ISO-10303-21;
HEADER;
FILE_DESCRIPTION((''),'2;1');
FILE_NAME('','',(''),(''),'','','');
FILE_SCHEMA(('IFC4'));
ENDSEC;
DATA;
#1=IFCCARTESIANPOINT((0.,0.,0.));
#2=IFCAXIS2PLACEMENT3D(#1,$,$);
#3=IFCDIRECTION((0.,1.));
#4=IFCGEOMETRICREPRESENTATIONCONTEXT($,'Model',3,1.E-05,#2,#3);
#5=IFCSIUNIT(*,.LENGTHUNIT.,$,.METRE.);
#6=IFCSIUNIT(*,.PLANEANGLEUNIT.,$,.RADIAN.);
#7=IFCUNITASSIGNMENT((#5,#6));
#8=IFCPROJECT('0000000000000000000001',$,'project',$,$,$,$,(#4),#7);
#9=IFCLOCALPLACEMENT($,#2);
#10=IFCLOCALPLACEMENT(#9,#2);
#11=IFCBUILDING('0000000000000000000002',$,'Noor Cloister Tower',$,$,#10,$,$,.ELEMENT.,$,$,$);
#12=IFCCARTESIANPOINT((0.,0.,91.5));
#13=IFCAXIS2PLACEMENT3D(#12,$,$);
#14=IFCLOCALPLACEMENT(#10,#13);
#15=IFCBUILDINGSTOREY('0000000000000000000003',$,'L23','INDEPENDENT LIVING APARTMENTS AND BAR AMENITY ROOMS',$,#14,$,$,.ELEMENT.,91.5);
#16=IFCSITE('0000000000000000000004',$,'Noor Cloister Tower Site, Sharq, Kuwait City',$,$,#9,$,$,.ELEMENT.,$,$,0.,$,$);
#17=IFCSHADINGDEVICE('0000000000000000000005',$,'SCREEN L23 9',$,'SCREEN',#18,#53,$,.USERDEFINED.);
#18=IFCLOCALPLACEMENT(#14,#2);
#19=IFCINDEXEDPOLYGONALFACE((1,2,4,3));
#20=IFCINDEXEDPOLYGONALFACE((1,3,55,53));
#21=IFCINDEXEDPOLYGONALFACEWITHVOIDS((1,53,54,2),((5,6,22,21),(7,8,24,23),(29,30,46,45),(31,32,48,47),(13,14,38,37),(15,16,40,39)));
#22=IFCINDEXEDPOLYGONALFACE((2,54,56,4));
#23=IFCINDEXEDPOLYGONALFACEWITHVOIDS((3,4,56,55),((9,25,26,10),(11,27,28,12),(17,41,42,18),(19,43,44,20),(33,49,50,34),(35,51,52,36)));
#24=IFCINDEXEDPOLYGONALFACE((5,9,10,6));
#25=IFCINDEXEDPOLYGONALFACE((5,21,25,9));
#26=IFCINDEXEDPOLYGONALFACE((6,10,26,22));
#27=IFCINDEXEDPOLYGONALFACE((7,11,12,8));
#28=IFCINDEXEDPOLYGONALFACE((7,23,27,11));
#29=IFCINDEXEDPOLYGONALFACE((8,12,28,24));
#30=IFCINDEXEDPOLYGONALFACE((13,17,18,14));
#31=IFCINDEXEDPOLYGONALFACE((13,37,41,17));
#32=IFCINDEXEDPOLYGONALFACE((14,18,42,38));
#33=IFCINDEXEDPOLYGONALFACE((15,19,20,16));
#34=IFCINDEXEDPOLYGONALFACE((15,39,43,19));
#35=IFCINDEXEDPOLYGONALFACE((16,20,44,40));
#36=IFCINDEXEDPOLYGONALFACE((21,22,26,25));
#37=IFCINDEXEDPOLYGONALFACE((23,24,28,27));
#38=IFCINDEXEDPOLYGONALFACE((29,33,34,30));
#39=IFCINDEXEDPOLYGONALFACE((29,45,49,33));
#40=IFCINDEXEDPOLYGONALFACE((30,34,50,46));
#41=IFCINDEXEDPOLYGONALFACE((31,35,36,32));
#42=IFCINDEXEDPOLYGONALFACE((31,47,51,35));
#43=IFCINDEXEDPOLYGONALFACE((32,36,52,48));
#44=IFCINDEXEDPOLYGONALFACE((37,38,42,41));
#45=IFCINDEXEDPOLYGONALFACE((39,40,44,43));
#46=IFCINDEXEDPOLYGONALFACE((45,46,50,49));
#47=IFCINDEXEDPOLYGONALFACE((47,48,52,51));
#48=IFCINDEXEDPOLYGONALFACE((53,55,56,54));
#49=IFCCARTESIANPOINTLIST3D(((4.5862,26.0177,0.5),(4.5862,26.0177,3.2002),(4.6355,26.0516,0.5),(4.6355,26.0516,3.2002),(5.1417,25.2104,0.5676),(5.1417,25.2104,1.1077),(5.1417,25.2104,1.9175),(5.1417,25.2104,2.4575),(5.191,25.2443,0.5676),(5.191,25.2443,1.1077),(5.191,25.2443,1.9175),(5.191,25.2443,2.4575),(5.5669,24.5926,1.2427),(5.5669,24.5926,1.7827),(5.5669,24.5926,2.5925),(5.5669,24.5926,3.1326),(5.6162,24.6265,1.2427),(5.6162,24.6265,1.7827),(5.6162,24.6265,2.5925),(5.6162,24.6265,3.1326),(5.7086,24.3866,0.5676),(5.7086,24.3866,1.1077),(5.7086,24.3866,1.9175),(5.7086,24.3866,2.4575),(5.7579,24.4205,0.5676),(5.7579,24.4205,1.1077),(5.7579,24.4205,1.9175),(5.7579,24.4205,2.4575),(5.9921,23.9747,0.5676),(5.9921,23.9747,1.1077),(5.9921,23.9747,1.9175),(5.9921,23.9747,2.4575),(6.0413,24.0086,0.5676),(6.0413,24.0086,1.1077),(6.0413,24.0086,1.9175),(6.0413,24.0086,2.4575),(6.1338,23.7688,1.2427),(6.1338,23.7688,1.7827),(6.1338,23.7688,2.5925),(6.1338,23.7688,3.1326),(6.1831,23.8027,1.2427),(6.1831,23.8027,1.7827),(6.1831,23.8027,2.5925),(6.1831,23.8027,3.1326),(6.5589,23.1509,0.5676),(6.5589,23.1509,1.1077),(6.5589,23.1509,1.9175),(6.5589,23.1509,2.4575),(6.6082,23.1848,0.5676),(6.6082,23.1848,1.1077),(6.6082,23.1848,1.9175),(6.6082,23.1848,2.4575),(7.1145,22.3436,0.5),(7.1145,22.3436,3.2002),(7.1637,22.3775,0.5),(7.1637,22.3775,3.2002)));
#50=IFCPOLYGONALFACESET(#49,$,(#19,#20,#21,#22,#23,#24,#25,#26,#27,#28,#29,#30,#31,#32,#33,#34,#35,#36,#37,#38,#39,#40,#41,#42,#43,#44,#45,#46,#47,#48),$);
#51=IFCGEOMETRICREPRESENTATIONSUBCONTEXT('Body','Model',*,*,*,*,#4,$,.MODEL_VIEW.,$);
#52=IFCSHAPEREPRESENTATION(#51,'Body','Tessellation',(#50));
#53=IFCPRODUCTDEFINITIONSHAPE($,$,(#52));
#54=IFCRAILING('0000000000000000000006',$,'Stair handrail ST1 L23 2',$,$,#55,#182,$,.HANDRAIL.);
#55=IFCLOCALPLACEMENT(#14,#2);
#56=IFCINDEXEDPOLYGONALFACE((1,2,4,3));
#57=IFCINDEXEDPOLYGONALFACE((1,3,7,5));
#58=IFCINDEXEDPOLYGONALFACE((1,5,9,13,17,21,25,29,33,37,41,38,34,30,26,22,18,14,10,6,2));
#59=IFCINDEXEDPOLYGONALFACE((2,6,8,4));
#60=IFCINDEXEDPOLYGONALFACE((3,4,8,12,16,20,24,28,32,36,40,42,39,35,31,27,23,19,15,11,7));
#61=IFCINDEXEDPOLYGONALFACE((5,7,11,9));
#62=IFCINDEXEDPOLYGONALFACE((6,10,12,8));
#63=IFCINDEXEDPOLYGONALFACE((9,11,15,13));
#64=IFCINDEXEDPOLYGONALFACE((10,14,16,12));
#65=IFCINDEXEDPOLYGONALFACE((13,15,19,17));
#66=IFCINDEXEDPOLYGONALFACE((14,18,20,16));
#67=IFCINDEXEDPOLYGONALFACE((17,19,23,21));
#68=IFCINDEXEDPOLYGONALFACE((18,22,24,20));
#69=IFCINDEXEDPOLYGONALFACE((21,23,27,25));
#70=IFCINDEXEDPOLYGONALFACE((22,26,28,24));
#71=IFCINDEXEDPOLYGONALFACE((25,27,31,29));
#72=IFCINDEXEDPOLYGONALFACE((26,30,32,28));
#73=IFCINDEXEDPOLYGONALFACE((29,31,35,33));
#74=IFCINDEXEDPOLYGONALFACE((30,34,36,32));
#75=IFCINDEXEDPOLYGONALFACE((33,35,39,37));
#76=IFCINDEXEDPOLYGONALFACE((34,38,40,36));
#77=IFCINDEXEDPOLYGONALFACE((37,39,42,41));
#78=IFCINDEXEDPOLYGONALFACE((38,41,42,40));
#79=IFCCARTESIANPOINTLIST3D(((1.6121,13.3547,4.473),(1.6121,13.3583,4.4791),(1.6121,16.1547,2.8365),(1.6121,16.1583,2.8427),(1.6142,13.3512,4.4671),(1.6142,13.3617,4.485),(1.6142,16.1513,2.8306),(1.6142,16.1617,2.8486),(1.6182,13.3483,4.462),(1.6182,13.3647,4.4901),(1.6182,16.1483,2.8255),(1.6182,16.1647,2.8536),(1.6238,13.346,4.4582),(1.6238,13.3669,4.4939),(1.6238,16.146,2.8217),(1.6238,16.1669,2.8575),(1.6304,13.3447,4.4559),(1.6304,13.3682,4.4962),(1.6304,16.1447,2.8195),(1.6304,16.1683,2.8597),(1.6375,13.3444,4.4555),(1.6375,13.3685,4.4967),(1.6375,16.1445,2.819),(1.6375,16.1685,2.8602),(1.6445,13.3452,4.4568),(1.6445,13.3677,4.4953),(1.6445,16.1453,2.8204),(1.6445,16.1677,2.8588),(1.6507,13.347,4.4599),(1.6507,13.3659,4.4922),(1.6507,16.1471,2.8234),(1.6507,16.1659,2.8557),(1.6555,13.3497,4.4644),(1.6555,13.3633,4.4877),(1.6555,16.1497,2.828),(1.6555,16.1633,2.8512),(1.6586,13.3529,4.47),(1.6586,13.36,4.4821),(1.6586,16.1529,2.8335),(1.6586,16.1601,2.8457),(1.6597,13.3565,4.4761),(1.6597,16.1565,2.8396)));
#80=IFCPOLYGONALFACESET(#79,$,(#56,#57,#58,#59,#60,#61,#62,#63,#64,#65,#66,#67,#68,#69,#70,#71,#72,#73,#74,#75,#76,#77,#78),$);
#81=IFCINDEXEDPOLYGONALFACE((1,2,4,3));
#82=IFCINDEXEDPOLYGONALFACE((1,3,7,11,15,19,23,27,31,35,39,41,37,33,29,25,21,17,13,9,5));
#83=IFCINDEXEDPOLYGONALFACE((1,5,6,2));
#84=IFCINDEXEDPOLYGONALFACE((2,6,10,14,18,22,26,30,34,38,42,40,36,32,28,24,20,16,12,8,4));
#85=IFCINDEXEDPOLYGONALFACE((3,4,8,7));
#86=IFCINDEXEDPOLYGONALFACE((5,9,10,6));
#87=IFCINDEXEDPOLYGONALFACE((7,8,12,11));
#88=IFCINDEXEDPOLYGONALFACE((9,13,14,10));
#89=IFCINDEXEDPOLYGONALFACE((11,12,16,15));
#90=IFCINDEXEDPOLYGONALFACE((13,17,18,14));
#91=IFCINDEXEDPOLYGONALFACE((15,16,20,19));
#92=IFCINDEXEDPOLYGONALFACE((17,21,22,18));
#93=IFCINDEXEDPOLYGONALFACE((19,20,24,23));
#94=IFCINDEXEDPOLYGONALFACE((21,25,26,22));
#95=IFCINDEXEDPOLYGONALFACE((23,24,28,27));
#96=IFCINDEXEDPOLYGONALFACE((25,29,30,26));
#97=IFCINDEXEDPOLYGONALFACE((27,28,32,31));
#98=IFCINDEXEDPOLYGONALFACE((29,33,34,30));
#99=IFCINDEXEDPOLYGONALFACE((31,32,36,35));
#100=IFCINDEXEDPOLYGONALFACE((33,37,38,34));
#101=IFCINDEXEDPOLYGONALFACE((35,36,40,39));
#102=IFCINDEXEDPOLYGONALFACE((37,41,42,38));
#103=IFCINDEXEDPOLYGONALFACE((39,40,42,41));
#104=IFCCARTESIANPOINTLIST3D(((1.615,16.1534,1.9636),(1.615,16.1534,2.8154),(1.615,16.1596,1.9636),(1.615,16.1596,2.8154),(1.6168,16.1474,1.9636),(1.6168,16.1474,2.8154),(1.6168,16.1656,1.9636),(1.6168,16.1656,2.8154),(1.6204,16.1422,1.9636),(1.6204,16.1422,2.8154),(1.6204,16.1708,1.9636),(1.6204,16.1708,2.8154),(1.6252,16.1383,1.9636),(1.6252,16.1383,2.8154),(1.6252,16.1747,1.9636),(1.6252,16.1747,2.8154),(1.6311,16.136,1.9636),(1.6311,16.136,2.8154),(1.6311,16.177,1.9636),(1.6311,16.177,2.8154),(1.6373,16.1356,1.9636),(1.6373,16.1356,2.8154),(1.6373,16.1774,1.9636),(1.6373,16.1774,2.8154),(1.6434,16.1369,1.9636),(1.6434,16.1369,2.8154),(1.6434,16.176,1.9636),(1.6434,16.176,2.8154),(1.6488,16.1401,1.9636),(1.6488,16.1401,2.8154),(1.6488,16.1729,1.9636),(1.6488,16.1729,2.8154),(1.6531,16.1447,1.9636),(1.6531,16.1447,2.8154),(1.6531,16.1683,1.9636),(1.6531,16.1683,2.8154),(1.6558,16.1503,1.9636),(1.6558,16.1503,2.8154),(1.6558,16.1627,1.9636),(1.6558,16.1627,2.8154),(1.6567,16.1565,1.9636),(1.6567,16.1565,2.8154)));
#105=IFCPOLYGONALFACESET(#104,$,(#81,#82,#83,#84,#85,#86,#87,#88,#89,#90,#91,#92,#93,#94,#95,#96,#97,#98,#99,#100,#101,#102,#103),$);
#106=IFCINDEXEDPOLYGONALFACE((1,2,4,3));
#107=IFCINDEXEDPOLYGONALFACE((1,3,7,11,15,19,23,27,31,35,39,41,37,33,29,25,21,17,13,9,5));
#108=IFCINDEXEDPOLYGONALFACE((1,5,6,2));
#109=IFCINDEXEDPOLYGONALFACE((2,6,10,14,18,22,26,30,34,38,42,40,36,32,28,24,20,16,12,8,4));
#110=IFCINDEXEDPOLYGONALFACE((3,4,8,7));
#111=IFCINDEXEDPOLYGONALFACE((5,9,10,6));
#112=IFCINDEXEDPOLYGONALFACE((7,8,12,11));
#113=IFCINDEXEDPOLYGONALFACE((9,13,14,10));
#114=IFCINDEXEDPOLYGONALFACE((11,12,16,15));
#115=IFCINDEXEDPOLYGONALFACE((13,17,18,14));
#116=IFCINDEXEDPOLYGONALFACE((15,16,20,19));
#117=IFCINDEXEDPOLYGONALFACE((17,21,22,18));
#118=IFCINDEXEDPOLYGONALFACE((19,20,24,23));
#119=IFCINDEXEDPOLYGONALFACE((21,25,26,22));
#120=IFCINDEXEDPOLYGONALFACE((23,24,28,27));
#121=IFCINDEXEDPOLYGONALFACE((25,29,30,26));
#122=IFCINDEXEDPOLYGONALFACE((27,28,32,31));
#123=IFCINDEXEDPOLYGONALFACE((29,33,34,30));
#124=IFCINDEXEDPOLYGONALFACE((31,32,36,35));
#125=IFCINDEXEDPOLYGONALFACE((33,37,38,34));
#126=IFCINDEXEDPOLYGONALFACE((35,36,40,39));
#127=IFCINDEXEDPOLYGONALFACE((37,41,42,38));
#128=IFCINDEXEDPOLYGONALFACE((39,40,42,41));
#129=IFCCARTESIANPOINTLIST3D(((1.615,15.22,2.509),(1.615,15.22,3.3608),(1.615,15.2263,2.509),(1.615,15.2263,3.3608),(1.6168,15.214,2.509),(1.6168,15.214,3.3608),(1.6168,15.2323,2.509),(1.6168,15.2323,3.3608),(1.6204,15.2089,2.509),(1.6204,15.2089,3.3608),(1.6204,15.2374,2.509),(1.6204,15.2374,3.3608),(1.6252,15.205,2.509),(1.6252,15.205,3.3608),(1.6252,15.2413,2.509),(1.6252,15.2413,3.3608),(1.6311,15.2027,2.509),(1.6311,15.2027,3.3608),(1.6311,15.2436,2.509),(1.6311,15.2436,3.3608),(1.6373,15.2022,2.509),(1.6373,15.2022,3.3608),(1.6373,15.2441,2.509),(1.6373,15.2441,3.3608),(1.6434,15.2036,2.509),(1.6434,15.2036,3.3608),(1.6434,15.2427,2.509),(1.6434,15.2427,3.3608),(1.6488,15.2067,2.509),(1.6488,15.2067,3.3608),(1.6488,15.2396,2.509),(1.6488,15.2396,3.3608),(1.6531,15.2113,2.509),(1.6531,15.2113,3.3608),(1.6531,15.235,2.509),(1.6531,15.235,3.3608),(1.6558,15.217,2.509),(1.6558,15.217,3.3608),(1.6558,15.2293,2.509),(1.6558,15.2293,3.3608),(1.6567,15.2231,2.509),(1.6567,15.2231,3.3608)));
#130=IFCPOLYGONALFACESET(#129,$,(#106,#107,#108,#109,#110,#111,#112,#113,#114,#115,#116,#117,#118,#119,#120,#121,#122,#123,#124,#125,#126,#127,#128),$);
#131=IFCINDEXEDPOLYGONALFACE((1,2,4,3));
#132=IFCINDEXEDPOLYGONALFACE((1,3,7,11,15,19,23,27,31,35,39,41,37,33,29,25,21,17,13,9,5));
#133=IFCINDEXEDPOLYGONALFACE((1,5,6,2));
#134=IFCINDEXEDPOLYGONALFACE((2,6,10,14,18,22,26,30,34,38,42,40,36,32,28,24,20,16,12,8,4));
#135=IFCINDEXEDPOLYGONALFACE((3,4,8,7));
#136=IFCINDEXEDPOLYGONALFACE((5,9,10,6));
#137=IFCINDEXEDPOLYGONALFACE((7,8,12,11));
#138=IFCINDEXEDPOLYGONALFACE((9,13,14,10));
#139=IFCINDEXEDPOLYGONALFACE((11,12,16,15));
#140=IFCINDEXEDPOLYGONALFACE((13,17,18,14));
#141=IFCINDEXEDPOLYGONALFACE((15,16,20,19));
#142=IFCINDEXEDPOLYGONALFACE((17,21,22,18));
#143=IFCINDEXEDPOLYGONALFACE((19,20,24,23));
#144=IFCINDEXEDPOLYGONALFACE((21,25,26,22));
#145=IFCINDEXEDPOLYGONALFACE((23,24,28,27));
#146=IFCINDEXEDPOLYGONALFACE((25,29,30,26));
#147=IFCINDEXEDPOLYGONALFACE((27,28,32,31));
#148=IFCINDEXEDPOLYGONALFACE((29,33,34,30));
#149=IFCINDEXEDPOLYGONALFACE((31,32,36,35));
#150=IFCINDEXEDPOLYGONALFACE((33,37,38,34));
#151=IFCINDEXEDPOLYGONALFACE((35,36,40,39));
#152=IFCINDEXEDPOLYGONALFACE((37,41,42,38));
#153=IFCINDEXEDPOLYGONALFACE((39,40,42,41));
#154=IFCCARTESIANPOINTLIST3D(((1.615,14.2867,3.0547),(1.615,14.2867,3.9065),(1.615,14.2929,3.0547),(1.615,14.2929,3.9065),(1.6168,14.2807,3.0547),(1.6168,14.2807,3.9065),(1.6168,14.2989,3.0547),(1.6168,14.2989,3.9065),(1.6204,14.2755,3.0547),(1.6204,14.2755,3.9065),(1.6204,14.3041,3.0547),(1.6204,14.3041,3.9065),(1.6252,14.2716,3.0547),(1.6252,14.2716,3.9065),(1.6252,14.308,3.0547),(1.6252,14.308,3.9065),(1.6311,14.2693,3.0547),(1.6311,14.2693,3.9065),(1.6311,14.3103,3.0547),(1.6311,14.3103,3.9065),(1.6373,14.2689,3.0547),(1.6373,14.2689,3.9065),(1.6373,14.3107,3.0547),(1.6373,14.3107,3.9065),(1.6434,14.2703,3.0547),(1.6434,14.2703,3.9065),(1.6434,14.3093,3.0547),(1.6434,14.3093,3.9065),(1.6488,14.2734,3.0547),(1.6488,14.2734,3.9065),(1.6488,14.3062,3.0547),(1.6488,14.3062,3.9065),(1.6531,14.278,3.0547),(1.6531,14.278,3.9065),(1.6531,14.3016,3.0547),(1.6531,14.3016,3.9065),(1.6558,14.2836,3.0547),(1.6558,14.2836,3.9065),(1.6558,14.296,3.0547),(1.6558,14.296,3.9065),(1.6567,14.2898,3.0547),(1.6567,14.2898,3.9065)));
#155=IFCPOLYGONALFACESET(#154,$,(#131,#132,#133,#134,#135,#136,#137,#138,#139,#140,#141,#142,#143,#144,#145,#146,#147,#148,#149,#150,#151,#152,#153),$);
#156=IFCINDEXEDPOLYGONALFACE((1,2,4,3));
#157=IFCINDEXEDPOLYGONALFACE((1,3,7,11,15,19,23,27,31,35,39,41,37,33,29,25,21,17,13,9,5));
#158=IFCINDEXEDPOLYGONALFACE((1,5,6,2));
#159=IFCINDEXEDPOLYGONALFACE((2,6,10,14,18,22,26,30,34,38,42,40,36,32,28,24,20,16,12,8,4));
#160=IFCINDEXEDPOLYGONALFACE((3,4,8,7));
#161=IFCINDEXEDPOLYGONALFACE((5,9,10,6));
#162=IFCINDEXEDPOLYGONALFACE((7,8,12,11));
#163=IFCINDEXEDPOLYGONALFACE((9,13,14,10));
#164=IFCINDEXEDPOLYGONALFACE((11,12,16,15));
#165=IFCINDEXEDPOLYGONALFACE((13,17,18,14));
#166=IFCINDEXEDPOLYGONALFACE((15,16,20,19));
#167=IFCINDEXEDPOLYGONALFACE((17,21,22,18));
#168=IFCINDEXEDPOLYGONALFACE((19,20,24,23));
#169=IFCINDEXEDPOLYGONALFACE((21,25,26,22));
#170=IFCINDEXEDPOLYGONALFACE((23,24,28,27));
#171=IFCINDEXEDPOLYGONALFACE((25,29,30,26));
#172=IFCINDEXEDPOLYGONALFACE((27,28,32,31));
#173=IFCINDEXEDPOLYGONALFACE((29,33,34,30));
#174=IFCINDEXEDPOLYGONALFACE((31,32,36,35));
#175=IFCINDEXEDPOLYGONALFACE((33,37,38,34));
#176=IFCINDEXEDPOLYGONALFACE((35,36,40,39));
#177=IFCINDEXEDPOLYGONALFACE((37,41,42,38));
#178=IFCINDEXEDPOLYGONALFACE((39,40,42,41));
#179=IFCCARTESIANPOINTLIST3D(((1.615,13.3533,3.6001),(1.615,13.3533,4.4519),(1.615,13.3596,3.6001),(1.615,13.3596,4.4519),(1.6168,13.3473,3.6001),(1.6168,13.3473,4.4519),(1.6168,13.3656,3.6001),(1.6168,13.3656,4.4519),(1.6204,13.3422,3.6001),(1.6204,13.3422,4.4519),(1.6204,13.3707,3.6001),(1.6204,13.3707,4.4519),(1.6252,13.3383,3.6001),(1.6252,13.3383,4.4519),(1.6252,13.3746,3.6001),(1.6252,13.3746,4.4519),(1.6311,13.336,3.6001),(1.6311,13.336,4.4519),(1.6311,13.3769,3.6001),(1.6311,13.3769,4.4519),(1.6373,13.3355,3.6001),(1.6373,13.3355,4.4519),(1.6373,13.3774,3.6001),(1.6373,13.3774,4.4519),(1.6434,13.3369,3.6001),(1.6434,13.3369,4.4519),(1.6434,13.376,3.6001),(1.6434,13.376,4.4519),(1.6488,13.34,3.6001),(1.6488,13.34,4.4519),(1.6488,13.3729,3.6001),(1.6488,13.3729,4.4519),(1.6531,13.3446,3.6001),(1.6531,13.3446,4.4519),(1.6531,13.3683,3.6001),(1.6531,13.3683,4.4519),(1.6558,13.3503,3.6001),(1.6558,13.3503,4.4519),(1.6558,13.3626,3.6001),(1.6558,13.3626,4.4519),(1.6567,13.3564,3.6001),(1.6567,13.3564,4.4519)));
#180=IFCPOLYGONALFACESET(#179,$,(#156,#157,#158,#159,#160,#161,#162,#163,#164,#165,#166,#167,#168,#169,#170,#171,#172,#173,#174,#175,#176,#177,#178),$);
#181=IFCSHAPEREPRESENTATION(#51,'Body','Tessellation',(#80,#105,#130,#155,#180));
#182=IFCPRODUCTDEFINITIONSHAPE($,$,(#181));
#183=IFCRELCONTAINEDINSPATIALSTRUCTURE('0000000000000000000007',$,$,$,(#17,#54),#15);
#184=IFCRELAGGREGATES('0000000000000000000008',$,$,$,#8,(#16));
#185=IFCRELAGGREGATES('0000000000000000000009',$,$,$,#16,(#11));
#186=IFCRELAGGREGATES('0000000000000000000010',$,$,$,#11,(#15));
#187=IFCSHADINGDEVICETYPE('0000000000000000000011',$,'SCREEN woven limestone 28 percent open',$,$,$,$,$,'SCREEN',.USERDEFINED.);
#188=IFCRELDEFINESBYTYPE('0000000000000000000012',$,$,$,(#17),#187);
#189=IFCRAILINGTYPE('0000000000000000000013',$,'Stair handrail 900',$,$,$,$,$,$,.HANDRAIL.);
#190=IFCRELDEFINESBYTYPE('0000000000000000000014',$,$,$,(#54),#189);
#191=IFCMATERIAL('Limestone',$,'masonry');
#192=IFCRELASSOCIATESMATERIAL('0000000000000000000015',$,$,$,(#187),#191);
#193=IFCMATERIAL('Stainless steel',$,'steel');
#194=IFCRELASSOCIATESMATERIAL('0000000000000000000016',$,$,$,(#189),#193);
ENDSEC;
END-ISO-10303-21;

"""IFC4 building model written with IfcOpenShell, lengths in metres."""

from ifc_helpers import new_model, si_unit, direction, frame, origin, origin_2d, place, context, subcontext, project, spatial, polyline, circle, outline, extrude, material, material_profile, profile_set, type_object, element, save


model = new_model("IFC4")

# Units and contexts
model_context = context("Model", 3, precision=1e-05, world=origin(), true_north=direction((0.0, 1.0)))
body_context = subcontext(model_context, "Body", "Model", "MODEL_VIEW")
ifc_project = project(units=[si_unit("LENGTHUNIT", "METRE"), si_unit("PLANEANGLEUNIT", "RADIAN")], contexts=[model_context])

# Site, building, storey
site_placement = place(None, origin())
site = spatial("IfcSite", under=ifc_project, at=site_placement, Name="Noor Cloister Tower Site, Sharq, Kuwait City", CompositionType="ELEMENT", RefElevation=0.0)
building_placement = place(site_placement, origin())
building = spatial("IfcBuilding", under=site, at=building_placement, Name="Noor Cloister Tower", CompositionType="ELEMENT")
storey_placement = place(building_placement, frame((0.0, 0.0, 91.5)))
storey = spatial("IfcBuildingStorey", under=building, at=storey_placement, Name="L23", Description="INDEPENDENT LIVING APARTMENTS AND BAR AMENITY ROOMS", CompositionType="ELEMENT", Elevation=91.5)

# Shading device
ifc_material_1 = material(Name="Limestone", Category="masonry")
ifc_material_profile_1 = material_profile(ifc_material_1, outline(polyline([(-2.23, -1.3501), (2.23, -1.3501), (2.23, 1.3501), (-2.23, 1.3501), (-2.23, -1.3501)]), holes=[polyline([(-1.25, -1.2825), (-0.25, -1.2825), (-0.25, -0.7424), (-1.25, -0.7424), (-1.25, -1.2825)]), polyline([(0.25, -1.2825), (1.25, -1.2825), (1.25, -0.7424), (0.25, -0.7424), (0.25, -1.2825)]), polyline([(-0.5, -0.6074), (0.5, -0.6074), (0.5, -0.0674), (-0.5, -0.0674), (-0.5, -0.6074)]), polyline([(-1.25, 0.0674), (-0.25, 0.0674), (-0.25, 0.6074), (-1.25, 0.6074), (-1.25, 0.0674)]), polyline([(0.25, 0.0674), (1.25, 0.0674), (1.25, 0.6074), (0.25, 0.6074), (0.25, 0.0674)]), polyline([(-0.5, 0.7424), (0.5, 0.7424), (0.5, 1.2825), (-0.5, 1.2825), (-0.5, 0.7424)])]), Name="Woven screen 28 percent open")
ifc_profile_set_1 = profile_set([ifc_material_profile_1], Name="Limestone")
shading_device_type = type_object("IfcShadingDeviceType", Name="SCREEN woven limestone 28 percent open", ElementType="SCREEN", PredefinedType="USERDEFINED", material=ifc_profile_set_1)
shading_device_placement = place(storey_placement, frame((5.8503, 24.1807, 1.8501), z_axis=(0.823804, 0.566875, 0.0), x_axis=(-0.566875, 0.823804, 0.0)))
element("IfcShadingDevice", 1, at=shading_device_placement, inside=storey, type_object=shading_device_type, Name="SCREEN L23 9", ObjectType="SCREEN", PredefinedType="USERDEFINED", context=body_context, shape_type="SweptSolid", body=[
    extrude(outline(polyline([(-2.23, -1.3501), (2.23, -1.3501), (2.23, 1.3501), (-2.23, 1.3501), (-2.23, -1.3501)]), holes=[polyline([(-1.25, -1.2825), (-0.25, -1.2825), (-0.25, -0.7424), (-1.25, -0.7424), (-1.25, -1.2825)]), polyline([(0.25, -1.2825), (1.25, -1.2825), (1.25, -0.7424), (0.25, -0.7424), (0.25, -1.2825)]), polyline([(-0.5, -0.6074), (0.5, -0.6074), (0.5, -0.0674), (-0.5, -0.0674), (-0.5, -0.6074)]), polyline([(-1.25, 0.0674), (-0.25, 0.0674), (-0.25, 0.6074), (-1.25, 0.6074), (-1.25, 0.0674)]), polyline([(0.25, 0.0674), (1.25, 0.0674), (1.25, 0.6074), (0.25, 0.6074), (0.25, 0.0674)]), polyline([(-0.5, 0.7424), (0.5, 0.7424), (0.5, 1.2825), (-0.5, 1.2825), (-0.5, 0.7424)])]), origin(), (0.0, 0.0, 1.0), 0.0598),
])

# Railing
ifc_material_2 = material(Name="Stainless steel", Category="steel")
railing_type = type_object("IfcRailingType", Name="Stair handrail 900", PredefinedType="HANDRAIL", material=ifc_material_2)
railing_placement = place(storey_placement, frame((1.6357, 16.1565, 1.9636)))
element("IfcRailing", 2, at=railing_placement, inside=storey, type_object=railing_type, Name="Stair handrail ST1 L23 2", PredefinedType="HANDRAIL", context=body_context, shape_type="SweptSolid", body=[
    extrude(circle(Radius=0.0239, at=origin_2d()), frame((0.0, 0.0, 0.876), z_axis=(0.0, -0.863361, 0.504587), x_axis=(1.0, 0.0, 0.0)), (0.0, 0.0, 1.0), 3.2432),
    extrude(circle(Radius=0.021, at=origin_2d()), origin(), (0.0, 0.0, 1.0), 0.8518),
    extrude(circle(Radius=0.021, at=origin_2d()), frame((0.0, -0.9333, 0.5454)), (0.0, 0.0, 1.0), 0.8518),
    extrude(circle(Radius=0.021, at=origin_2d()), frame((0.0, -1.8667, 1.0911)), (0.0, 0.0, 1.0), 0.8518),
    extrude(circle(Radius=0.021, at=origin_2d()), frame((0.0, -2.8, 1.6365)), (0.0, 0.0, 1.0), 0.8518),
])

save(model, "model.ifc")
